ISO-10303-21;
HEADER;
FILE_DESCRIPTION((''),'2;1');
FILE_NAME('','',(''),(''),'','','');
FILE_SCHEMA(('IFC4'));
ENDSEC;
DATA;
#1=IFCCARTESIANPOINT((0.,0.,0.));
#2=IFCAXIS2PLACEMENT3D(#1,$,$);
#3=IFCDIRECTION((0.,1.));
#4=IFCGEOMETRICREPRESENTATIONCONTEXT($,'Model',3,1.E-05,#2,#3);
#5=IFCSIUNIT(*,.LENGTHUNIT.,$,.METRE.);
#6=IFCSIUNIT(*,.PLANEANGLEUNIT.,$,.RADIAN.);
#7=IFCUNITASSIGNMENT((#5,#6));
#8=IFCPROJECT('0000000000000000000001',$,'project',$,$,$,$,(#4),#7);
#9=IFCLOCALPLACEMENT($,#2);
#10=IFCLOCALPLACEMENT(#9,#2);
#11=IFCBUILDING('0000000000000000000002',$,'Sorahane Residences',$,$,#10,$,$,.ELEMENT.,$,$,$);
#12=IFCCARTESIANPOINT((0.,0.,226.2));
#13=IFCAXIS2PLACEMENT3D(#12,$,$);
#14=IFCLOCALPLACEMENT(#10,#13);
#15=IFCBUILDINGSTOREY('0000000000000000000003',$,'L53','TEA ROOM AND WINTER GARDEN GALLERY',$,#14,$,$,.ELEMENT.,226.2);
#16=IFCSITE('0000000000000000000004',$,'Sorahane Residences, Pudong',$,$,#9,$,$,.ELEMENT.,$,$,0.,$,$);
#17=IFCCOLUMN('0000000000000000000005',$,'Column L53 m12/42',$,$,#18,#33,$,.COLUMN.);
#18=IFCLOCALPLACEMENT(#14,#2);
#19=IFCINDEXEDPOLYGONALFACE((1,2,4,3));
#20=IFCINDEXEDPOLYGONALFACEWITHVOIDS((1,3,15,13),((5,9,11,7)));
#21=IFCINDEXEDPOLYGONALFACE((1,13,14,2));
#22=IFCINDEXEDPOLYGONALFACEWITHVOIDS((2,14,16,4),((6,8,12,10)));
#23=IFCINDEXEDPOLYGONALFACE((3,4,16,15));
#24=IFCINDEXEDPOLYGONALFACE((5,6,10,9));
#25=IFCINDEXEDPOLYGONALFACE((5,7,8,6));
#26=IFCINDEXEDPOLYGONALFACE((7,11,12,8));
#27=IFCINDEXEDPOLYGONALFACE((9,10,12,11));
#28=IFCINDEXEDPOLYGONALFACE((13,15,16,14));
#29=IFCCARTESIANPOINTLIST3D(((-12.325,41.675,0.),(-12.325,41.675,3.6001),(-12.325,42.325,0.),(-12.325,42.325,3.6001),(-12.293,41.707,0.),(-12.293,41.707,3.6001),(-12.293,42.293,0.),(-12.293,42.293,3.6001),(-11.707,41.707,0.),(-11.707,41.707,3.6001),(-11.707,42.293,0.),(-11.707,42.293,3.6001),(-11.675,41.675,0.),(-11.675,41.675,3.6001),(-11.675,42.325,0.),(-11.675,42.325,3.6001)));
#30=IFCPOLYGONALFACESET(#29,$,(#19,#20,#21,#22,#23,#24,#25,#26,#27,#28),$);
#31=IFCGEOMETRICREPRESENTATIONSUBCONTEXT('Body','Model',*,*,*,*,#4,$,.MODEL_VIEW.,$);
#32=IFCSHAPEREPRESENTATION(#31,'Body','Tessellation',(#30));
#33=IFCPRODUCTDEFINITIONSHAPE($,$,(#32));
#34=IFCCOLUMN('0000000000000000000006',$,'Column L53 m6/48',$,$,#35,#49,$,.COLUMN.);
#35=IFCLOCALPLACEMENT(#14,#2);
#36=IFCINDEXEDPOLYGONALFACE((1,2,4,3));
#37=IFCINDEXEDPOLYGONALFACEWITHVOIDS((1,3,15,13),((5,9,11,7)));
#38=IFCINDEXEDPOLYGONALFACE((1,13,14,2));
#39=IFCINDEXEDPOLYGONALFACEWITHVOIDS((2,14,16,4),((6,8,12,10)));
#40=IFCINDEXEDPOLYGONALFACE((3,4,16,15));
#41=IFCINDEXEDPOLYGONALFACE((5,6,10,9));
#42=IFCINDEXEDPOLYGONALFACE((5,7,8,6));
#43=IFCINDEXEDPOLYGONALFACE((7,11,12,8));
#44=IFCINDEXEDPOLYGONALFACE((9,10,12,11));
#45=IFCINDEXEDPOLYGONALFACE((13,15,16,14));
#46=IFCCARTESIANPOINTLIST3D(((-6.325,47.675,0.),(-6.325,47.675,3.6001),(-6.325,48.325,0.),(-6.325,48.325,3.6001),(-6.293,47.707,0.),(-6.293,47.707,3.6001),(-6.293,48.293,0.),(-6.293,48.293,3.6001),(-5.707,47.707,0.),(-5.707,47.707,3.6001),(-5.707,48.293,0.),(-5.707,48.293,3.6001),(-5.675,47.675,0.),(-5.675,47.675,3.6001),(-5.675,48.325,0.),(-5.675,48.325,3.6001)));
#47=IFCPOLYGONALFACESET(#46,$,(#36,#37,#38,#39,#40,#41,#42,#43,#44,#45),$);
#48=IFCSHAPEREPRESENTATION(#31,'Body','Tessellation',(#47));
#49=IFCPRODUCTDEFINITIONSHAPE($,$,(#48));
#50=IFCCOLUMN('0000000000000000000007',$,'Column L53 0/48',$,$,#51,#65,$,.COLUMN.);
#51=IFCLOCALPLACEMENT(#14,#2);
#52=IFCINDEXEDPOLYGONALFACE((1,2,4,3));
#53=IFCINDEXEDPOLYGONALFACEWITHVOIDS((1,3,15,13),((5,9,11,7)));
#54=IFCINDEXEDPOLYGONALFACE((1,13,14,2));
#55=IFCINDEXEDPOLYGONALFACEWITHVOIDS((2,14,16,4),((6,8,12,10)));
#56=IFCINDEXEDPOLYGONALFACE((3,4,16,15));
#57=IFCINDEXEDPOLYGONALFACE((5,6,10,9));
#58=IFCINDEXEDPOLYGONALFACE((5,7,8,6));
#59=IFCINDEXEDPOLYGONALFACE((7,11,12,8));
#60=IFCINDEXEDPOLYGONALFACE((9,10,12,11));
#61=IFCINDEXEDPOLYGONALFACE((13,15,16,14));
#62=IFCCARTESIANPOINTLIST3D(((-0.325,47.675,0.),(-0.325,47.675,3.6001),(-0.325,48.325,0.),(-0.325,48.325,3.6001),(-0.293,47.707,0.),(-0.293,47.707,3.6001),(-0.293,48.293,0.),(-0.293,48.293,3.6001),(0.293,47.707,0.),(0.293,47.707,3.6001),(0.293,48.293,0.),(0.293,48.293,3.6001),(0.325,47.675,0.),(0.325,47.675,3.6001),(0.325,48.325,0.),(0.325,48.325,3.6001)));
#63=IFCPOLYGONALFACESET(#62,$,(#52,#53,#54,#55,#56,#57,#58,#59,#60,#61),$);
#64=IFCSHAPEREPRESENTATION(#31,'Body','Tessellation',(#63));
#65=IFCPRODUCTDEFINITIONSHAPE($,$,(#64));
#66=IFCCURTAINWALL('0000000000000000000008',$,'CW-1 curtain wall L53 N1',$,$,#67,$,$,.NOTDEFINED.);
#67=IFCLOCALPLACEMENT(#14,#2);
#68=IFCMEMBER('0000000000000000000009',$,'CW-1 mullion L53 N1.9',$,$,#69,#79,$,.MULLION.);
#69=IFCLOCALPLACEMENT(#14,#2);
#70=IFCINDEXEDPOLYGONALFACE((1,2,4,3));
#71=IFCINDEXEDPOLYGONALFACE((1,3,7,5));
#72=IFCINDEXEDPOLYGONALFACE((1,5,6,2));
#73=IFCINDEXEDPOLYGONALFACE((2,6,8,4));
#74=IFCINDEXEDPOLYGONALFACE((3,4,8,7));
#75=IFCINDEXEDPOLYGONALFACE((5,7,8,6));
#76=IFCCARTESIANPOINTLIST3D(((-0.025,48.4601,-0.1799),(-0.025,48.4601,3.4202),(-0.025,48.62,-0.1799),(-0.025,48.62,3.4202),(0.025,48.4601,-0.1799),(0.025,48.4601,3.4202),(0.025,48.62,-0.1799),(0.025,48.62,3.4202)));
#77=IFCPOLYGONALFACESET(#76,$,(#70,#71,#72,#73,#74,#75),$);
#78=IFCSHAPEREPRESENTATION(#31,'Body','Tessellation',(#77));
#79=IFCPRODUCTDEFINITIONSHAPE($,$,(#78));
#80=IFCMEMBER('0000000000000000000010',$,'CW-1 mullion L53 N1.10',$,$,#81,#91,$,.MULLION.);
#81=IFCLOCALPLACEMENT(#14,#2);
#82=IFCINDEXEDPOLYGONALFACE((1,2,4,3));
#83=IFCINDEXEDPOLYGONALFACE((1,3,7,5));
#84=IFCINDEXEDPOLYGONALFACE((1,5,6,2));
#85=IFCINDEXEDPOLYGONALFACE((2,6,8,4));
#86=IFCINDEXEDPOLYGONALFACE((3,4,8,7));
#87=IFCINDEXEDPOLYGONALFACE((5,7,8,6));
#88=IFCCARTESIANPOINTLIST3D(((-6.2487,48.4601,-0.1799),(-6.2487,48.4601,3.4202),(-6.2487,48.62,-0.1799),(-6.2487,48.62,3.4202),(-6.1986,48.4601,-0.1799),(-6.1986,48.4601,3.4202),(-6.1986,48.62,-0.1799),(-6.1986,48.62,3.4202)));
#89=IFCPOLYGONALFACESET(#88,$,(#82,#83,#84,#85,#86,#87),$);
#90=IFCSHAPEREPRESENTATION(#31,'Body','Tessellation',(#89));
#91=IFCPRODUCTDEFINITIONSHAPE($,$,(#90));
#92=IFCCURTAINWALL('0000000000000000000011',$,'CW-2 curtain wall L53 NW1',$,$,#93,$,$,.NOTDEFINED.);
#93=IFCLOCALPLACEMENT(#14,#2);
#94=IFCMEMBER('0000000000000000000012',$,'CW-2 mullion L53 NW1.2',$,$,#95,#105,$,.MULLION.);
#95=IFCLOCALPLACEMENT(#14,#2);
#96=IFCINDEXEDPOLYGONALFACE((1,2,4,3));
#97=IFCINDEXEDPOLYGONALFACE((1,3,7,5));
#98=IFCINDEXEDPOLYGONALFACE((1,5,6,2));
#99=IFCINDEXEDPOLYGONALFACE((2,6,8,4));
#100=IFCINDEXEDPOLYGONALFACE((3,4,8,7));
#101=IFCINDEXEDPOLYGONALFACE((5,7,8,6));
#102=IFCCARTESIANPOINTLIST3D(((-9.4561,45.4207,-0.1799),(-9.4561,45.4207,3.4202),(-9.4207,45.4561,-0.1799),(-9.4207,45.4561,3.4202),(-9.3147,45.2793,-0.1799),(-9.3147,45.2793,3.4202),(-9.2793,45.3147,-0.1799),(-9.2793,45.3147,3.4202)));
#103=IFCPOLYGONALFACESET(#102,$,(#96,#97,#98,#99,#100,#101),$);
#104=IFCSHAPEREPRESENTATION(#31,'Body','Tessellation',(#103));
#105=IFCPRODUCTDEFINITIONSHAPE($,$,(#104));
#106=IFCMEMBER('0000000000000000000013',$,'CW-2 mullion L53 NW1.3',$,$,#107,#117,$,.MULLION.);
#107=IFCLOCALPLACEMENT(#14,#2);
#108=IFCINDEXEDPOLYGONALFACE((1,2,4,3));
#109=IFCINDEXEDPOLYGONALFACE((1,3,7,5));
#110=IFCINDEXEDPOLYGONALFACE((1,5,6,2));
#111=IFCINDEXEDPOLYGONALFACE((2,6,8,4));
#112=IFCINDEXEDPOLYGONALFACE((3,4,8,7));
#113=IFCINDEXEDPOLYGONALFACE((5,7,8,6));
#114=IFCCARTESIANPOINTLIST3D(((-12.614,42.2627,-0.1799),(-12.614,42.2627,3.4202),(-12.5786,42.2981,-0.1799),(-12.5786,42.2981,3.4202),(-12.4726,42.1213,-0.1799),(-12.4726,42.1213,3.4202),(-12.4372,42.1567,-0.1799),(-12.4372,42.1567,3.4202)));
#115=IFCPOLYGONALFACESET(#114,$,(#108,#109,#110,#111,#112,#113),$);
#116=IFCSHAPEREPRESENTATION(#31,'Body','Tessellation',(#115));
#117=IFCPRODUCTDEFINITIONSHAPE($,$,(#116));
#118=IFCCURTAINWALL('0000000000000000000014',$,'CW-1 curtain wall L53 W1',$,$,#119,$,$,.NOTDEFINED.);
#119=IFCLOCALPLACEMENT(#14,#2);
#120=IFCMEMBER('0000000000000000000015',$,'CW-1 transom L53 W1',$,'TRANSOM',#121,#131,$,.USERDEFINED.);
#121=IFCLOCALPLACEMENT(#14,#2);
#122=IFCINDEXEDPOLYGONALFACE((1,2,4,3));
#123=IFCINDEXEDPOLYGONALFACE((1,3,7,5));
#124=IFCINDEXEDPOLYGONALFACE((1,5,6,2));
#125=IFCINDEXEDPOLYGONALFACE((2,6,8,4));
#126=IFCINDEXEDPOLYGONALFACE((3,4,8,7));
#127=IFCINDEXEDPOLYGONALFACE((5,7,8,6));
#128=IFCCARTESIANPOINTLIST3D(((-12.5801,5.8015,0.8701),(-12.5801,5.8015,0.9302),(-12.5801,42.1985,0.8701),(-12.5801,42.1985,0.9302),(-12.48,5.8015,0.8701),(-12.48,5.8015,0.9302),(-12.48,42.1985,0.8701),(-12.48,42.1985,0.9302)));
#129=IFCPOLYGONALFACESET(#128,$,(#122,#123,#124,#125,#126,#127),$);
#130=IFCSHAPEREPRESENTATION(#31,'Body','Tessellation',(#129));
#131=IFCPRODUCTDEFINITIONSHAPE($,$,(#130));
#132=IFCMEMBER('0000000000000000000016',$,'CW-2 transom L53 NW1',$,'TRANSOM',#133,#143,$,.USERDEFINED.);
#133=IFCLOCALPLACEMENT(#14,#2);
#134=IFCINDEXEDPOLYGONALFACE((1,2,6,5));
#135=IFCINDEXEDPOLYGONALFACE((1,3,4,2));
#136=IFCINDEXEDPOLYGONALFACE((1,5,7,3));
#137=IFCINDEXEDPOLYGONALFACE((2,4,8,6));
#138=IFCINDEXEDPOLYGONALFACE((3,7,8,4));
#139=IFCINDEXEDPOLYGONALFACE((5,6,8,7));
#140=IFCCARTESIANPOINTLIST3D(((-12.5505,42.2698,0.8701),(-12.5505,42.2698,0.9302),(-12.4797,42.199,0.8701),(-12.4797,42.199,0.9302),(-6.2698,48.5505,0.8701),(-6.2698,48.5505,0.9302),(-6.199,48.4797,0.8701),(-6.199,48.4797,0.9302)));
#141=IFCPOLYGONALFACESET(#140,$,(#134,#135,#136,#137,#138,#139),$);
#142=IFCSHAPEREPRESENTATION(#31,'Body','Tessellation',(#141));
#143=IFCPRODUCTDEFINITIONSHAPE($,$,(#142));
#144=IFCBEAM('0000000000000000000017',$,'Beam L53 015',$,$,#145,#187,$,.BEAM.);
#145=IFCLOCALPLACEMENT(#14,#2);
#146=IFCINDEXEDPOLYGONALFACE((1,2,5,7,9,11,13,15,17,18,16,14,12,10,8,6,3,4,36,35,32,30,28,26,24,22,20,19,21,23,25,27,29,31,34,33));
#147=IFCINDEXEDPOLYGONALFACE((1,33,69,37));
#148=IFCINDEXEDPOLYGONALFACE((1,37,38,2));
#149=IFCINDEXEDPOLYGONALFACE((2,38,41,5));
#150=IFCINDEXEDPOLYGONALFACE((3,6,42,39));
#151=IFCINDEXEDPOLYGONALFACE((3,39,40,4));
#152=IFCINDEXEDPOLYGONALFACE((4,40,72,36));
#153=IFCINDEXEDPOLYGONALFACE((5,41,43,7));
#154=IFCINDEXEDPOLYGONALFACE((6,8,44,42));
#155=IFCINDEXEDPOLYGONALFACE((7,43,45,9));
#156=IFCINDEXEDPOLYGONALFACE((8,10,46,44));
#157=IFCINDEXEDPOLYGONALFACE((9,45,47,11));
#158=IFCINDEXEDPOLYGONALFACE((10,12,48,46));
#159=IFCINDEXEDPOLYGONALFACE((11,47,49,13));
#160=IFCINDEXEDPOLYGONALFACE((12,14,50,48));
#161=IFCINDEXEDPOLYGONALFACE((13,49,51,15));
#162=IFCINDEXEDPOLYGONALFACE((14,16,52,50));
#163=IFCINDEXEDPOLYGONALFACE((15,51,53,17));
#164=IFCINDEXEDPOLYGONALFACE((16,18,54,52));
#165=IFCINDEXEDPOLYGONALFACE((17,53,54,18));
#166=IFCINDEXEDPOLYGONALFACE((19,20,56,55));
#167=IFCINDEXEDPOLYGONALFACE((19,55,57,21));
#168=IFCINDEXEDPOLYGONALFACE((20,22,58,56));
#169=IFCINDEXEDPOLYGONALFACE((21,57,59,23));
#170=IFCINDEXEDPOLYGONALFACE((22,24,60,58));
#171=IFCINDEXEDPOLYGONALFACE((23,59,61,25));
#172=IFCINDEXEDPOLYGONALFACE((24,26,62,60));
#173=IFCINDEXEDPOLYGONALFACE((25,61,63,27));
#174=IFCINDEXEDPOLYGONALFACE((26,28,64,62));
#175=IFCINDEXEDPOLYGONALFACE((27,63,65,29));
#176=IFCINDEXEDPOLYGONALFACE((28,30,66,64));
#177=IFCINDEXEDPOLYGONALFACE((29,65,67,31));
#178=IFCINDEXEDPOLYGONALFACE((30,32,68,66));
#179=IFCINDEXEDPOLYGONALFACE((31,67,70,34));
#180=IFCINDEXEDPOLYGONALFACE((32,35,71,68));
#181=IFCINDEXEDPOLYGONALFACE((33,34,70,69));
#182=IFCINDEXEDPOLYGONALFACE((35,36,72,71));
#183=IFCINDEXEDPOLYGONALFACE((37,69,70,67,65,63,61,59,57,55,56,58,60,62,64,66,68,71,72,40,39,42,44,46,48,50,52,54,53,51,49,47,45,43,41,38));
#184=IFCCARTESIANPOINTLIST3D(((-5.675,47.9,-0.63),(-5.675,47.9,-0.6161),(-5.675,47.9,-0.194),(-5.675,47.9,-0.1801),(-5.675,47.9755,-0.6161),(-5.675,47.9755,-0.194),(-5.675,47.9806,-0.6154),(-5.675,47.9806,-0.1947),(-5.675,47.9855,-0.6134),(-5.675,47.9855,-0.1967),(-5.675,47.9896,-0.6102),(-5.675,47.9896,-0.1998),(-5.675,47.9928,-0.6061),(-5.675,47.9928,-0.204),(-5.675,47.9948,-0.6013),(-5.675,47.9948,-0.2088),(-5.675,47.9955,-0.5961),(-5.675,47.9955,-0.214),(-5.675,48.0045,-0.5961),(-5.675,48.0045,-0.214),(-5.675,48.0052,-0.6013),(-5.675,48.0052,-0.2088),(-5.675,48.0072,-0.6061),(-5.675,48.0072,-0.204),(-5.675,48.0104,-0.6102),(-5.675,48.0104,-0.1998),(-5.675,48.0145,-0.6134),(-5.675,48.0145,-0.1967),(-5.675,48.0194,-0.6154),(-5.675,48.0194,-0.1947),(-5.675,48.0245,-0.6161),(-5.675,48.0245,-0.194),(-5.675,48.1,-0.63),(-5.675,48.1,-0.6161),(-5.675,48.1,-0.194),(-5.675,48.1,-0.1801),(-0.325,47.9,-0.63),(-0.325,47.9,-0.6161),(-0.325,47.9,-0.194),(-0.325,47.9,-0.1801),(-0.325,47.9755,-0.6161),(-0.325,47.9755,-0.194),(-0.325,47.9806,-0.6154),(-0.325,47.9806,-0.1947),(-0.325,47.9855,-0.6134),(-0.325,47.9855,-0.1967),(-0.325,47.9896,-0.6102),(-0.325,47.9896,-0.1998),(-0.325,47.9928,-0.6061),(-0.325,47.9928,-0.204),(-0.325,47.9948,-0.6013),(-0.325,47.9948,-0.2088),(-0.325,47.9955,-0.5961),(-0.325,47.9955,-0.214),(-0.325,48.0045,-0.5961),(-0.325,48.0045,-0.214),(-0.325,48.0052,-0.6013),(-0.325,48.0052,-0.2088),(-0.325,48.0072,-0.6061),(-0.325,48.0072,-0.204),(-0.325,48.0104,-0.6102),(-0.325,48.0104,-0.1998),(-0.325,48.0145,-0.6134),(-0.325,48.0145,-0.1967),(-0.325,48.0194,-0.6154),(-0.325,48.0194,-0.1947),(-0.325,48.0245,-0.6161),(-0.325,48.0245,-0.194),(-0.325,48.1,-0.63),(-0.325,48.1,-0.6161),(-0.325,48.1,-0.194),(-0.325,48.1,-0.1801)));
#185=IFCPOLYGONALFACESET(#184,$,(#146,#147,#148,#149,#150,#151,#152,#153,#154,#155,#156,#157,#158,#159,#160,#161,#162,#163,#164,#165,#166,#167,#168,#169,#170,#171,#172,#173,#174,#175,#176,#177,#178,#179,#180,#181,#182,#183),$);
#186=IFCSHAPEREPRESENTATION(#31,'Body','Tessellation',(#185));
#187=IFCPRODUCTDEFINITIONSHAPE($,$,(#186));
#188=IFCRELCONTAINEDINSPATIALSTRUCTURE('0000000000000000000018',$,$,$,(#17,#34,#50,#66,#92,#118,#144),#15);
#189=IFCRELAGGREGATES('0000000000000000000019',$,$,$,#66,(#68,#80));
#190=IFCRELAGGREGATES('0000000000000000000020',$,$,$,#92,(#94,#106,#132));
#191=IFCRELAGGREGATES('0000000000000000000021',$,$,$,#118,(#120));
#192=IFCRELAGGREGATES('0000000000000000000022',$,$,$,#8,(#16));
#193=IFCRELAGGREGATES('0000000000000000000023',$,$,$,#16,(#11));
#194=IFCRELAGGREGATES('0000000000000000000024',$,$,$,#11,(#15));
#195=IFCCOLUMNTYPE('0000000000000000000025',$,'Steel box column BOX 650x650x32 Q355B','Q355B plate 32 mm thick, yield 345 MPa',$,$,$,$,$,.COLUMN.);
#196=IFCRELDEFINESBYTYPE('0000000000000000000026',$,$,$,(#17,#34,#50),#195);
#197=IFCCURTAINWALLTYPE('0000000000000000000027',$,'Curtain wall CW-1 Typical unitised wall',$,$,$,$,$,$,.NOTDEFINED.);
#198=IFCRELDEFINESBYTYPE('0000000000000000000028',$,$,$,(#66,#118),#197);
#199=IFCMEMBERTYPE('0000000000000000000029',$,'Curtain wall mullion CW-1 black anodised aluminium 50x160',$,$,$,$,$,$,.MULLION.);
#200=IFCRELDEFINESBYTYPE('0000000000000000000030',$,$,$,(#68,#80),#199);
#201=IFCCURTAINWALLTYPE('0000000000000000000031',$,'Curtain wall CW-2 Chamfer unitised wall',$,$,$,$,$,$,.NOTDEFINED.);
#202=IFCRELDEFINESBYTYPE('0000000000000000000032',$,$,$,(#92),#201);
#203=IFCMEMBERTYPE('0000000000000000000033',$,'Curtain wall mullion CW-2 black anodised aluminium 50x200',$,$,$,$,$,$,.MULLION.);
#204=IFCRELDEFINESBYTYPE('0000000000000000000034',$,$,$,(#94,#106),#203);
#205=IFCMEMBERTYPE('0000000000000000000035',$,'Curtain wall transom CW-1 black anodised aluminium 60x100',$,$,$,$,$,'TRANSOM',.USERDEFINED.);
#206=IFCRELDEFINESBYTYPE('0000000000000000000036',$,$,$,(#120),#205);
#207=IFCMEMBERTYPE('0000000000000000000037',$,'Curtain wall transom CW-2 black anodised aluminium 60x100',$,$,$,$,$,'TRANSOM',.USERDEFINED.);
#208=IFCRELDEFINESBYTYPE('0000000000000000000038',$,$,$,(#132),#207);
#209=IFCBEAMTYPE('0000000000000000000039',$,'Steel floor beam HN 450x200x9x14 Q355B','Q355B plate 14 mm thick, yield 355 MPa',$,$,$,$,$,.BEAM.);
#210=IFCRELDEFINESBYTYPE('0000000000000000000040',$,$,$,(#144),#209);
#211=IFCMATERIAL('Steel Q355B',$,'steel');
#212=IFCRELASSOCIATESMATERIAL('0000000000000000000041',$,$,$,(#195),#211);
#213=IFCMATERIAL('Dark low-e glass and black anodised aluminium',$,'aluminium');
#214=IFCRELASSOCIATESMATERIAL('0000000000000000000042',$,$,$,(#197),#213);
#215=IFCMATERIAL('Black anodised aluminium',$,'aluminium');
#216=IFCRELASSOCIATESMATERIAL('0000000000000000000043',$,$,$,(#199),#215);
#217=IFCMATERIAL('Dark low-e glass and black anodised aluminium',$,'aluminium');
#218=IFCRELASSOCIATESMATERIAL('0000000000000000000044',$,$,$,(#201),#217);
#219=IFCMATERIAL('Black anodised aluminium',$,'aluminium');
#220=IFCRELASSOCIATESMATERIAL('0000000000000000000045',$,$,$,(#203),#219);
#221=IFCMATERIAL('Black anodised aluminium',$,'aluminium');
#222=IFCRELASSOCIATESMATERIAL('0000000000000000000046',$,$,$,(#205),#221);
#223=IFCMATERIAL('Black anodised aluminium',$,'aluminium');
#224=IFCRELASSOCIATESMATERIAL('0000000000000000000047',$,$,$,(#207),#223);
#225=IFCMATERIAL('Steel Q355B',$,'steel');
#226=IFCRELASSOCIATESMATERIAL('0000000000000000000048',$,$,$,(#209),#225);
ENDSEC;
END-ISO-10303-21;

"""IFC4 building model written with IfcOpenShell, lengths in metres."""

from ifc_helpers import new_model, si_unit, direction, frame, origin, origin_2d, place, context, subcontext, project, spatial, rectangle, hollow_rectangle, i_section, extrude, material, material_profile, profile_set, type_object, element, aggregate, save


model = new_model("IFC4")

# Units and contexts
model_context = context("Model", 3, precision=1e-05, world=origin(), true_north=direction((0.0, 1.0)))
body_context = subcontext(model_context, "Body", "Model", "MODEL_VIEW")
ifc_project = project(units=[si_unit("LENGTHUNIT", "METRE"), si_unit("PLANEANGLEUNIT", "RADIAN")], contexts=[model_context])

# Site, building, storey
site_placement = place(None, origin())
site = spatial("IfcSite", under=ifc_project, at=site_placement, Name="Sorahane Residences, Pudong", CompositionType="ELEMENT", RefElevation=0.0)
building_placement = place(site_placement, origin())
building = spatial("IfcBuilding", under=site, at=building_placement, Name="Sorahane Residences", CompositionType="ELEMENT")
storey_placement = place(building_placement, frame((0.0, 0.0, 226.2)))
storey = spatial("IfcBuildingStorey", under=building, at=storey_placement, Name="L53", Description="TEA ROOM AND WINTER GARDEN GALLERY", CompositionType="ELEMENT", Elevation=226.2)

# Columns
ifc_material_1 = material(Name="Steel Q355B", Category="steel")
ifc_material_profile_1 = material_profile(ifc_material_1, hollow_rectangle(XDim=0.6499, YDim=0.6499, WallThickness=0.032, at=origin_2d()), Name="BOX 650x650x32")
ifc_profile_set_1 = profile_set([ifc_material_profile_1], Name="Steel Q355B")
column_type = type_object("IfcColumnType", Name="Steel box column BOX 650x650x32 Q355B", Description="Q355B plate 32 mm thick, yield 345 MPa", PredefinedType="COLUMN", material=ifc_profile_set_1)
for number, where, z_axis, x_axis, name in (
    (1, (-12.0, 42.0, 0.0), (0.0, 0.0, 1.0), (1.0, 0.0, 0.0), "Column L53 m12/42"),
    (2, (-6.0, 48.0, 0.0), (0.0, 0.0, 1.0), (1.0, 0.0, 0.0), "Column L53 m6/48"),
    (3, (0.0, 48.0, 0.0), (0.0, 0.0, 1.0), (1.0, 0.0, 0.0), "Column L53 0/48"),
):
    element("IfcColumn", number, at=place(storey_placement, frame(where, z_axis=z_axis, x_axis=x_axis)), inside=storey, type_object=column_type, Name=name, PredefinedType="COLUMN", context=body_context, shape_type="SweptSolid", body=[
        extrude(hollow_rectangle(XDim=0.6499, YDim=0.6499, WallThickness=0.032, at=origin_2d()), origin(), (0.0, 0.0, 1.0), 3.6001),
    ])

# Curtain walls, members
ifc_material_2 = material(Name="Dark low-e glass and black anodised aluminium", Category="aluminium")
curtain_wall_type_1 = type_object("IfcCurtainWallType", Name="Curtain wall CW-1 Typical unitised wall", PredefinedType="NOTDEFINED", material=ifc_material_2)
curtain_wall_1_placement = place(storey_placement, origin())
curtain_wall_1 = element("IfcCurtainWall", 4, at=curtain_wall_1_placement, inside=storey, type_object=curtain_wall_type_1, Name="CW-1 curtain wall L53 N1", PredefinedType="NOTDEFINED")
ifc_material_3 = material(Name="Black anodised aluminium", Category="aluminium")
ifc_material_profile_2 = material_profile(ifc_material_3, rectangle(XDim=0.1599, YDim=0.05, at=origin_2d()), Name="Curtain wall mullion CW-1 black anodised aluminium 50x160")
ifc_profile_set_2 = profile_set([ifc_material_profile_2], Name="Black anodised aluminium")
member_type_1 = type_object("IfcMemberType", Name="Curtain wall mullion CW-1 black anodised aluminium 50x160", PredefinedType="MULLION", material=ifc_profile_set_2)
member_1_placement = place(storey_placement, frame((0.0, 48.54, -0.1799), z_axis=(0.0, 0.0, 1.0), x_axis=(0.0, 1.0, 0.0)))
member_1 = element("IfcMember", 5, at=member_1_placement, type_object=member_type_1, Name="CW-1 mullion L53 N1.9", PredefinedType="MULLION", context=body_context, shape_type="SweptSolid", body=[
    extrude(rectangle(XDim=0.1599, YDim=0.05, at=origin_2d()), origin(), (0.0, 0.0, 1.0), 3.6001),
])
member_2_placement = place(storey_placement, frame((-6.2236, 48.54, -0.1799), z_axis=(0.0, 0.0, 1.0), x_axis=(0.0, 1.0, 0.0)))
member_2 = element("IfcMember", 6, at=member_2_placement, type_object=member_type_1, Name="CW-1 mullion L53 N1.10", PredefinedType="MULLION", context=body_context, shape_type="SweptSolid", body=[
    extrude(rectangle(XDim=0.1599, YDim=0.05, at=origin_2d()), origin(), (0.0, 0.0, 1.0), 3.6001),
])
ifc_material_4 = material(Name="Dark low-e glass and black anodised aluminium", Category="aluminium")
curtain_wall_type_2 = type_object("IfcCurtainWallType", Name="Curtain wall CW-2 Chamfer unitised wall", PredefinedType="NOTDEFINED", material=ifc_material_4)
curtain_wall_2_placement = place(storey_placement, origin())
curtain_wall_2 = element("IfcCurtainWall", 7, at=curtain_wall_2_placement, inside=storey, type_object=curtain_wall_type_2, Name="CW-2 curtain wall L53 NW1", PredefinedType="NOTDEFINED")
ifc_material_5 = material(Name="Black anodised aluminium", Category="aluminium")
ifc_material_profile_3 = material_profile(ifc_material_5, rectangle(XDim=0.2, YDim=0.05, at=origin_2d()), Name="Curtain wall mullion CW-2 black anodised aluminium 50x200")
ifc_profile_set_3 = profile_set([ifc_material_profile_3], Name="Black anodised aluminium")
member_type_2 = type_object("IfcMemberType", Name="Curtain wall mullion CW-2 black anodised aluminium 50x200", PredefinedType="MULLION", material=ifc_profile_set_3)
member_3_placement = place(storey_placement, frame((-9.3677, 45.3677, -0.1799), z_axis=(0.0, 0.0, 1.0), x_axis=(-0.707107, 0.707107, 0.0)))
member_3 = element("IfcMember", 8, at=member_3_placement, type_object=member_type_2, Name="CW-2 mullion L53 NW1.2", PredefinedType="MULLION", context=body_context, shape_type="SweptSolid", body=[
    extrude(rectangle(XDim=0.2, YDim=0.05, at=origin_2d()), origin(), (0.0, 0.0, 1.0), 3.6001),
])
member_4_placement = place(storey_placement, frame((-12.5256, 42.2097, -0.1799), z_axis=(0.0, 0.0, 1.0), x_axis=(-0.707107, 0.707107, 0.0)))
member_4 = element("IfcMember", 9, at=member_4_placement, type_object=member_type_2, Name="CW-2 mullion L53 NW1.3", PredefinedType="MULLION", context=body_context, shape_type="SweptSolid", body=[
    extrude(rectangle(XDim=0.2, YDim=0.05, at=origin_2d()), origin(), (0.0, 0.0, 1.0), 3.6001),
])

# Curtain wall, member
curtain_wall_3_placement = place(storey_placement, origin())
curtain_wall_3 = element("IfcCurtainWall", 10, at=curtain_wall_3_placement, inside=storey, type_object=curtain_wall_type_1, Name="CW-1 curtain wall L53 W1", PredefinedType="NOTDEFINED")
ifc_material_6 = material(Name="Black anodised aluminium", Category="aluminium")
ifc_material_profile_4 = material_profile(ifc_material_6, rectangle(XDim=0.1001, YDim=0.0601, at=origin_2d()), Name="Curtain wall transom CW-1 black anodised aluminium 60x100")
ifc_profile_set_4 = profile_set([ifc_material_profile_4], Name="Black anodised aluminium")
member_type_3 = type_object("IfcMemberType", Name="Curtain wall transom CW-1 black anodised aluminium 60x100", ElementType="TRANSOM", PredefinedType="USERDEFINED", material=ifc_profile_set_4)
member_5_placement = place(storey_placement, frame((-12.53, 42.1985, 0.9001), z_axis=(0.0, -1.0, 0.0), x_axis=(1.0, 0.0, 0.0)))
member_5 = element("IfcMember", 11, at=member_5_placement, type_object=member_type_3, Name="CW-1 transom L53 W1", ObjectType="TRANSOM", PredefinedType="USERDEFINED", context=body_context, shape_type="SweptSolid", body=[
    extrude(rectangle(XDim=0.1001, YDim=0.0601, at=origin_2d()), origin(), (0.0, 0.0, 1.0), 36.397),
])

# Member
ifc_material_7 = material(Name="Black anodised aluminium", Category="aluminium")
ifc_material_profile_5 = material_profile(ifc_material_7, rectangle(XDim=0.1001, YDim=0.0601, at=origin_2d()), Name="Curtain wall transom CW-2 black anodised aluminium 60x100")
ifc_profile_set_5 = profile_set([ifc_material_profile_5], Name="Black anodised aluminium")
member_type_4 = type_object("IfcMemberType", Name="Curtain wall transom CW-2 black anodised aluminium 60x100", ElementType="TRANSOM", PredefinedType="USERDEFINED", material=ifc_profile_set_5)
member_6_placement = place(storey_placement, frame((-6.2344, 48.5151, 0.9001), z_axis=(-0.707107, -0.707107, 0.0), x_axis=(0.707107, -0.707107, 0.0)))
member_6 = element("IfcMember", 12, at=member_6_placement, type_object=member_type_4, Name="CW-2 transom L53 NW1", ObjectType="TRANSOM", PredefinedType="USERDEFINED", context=body_context, shape_type="SweptSolid", body=[
    extrude(rectangle(XDim=0.1001, YDim=0.0601, at=origin_2d()), origin(), (0.0, 0.0, 1.0), 8.8823),
])

# Beam
ifc_material_8 = material(Name="Steel Q355B", Category="steel")
ifc_material_profile_6 = material_profile(ifc_material_8, i_section(OverallWidth=0.2, OverallDepth=0.45, WebThickness=0.009, FlangeThickness=0.0139, FilletRadius=0.02, at=origin_2d()), Name="HN 450x200x9x14")
ifc_profile_set_6 = profile_set([ifc_material_profile_6], Name="Steel Q355B")
beam_type_1 = type_object("IfcBeamType", Name="Steel floor beam HN 450x200x9x14 Q355B", Description="Q355B plate 14 mm thick, yield 355 MPa", PredefinedType="BEAM", material=ifc_profile_set_6)
beam_1_placement = place(storey_placement, frame((-5.675, 48.0, -0.405), z_axis=(1.0, 0.0, 0.0), x_axis=(0.0, 1.0, 0.0)))
element("IfcBeam", 13, at=beam_1_placement, inside=storey, type_object=beam_type_1, Name="Beam L53 015", PredefinedType="BEAM", context=body_context, shape_type="SweptSolid", body=[
    extrude(i_section(OverallWidth=0.2, OverallDepth=0.45, WebThickness=0.009, FlangeThickness=0.0139, FilletRadius=0.02, at=origin_2d()), origin(), (0.0, 0.0, 1.0), 5.3501),
])

aggregate(curtain_wall_1, [member_1, member_2])
aggregate(curtain_wall_2, [member_3, member_4, member_6])
aggregate(curtain_wall_3, [member_5])

save(model, "model.ifc")
